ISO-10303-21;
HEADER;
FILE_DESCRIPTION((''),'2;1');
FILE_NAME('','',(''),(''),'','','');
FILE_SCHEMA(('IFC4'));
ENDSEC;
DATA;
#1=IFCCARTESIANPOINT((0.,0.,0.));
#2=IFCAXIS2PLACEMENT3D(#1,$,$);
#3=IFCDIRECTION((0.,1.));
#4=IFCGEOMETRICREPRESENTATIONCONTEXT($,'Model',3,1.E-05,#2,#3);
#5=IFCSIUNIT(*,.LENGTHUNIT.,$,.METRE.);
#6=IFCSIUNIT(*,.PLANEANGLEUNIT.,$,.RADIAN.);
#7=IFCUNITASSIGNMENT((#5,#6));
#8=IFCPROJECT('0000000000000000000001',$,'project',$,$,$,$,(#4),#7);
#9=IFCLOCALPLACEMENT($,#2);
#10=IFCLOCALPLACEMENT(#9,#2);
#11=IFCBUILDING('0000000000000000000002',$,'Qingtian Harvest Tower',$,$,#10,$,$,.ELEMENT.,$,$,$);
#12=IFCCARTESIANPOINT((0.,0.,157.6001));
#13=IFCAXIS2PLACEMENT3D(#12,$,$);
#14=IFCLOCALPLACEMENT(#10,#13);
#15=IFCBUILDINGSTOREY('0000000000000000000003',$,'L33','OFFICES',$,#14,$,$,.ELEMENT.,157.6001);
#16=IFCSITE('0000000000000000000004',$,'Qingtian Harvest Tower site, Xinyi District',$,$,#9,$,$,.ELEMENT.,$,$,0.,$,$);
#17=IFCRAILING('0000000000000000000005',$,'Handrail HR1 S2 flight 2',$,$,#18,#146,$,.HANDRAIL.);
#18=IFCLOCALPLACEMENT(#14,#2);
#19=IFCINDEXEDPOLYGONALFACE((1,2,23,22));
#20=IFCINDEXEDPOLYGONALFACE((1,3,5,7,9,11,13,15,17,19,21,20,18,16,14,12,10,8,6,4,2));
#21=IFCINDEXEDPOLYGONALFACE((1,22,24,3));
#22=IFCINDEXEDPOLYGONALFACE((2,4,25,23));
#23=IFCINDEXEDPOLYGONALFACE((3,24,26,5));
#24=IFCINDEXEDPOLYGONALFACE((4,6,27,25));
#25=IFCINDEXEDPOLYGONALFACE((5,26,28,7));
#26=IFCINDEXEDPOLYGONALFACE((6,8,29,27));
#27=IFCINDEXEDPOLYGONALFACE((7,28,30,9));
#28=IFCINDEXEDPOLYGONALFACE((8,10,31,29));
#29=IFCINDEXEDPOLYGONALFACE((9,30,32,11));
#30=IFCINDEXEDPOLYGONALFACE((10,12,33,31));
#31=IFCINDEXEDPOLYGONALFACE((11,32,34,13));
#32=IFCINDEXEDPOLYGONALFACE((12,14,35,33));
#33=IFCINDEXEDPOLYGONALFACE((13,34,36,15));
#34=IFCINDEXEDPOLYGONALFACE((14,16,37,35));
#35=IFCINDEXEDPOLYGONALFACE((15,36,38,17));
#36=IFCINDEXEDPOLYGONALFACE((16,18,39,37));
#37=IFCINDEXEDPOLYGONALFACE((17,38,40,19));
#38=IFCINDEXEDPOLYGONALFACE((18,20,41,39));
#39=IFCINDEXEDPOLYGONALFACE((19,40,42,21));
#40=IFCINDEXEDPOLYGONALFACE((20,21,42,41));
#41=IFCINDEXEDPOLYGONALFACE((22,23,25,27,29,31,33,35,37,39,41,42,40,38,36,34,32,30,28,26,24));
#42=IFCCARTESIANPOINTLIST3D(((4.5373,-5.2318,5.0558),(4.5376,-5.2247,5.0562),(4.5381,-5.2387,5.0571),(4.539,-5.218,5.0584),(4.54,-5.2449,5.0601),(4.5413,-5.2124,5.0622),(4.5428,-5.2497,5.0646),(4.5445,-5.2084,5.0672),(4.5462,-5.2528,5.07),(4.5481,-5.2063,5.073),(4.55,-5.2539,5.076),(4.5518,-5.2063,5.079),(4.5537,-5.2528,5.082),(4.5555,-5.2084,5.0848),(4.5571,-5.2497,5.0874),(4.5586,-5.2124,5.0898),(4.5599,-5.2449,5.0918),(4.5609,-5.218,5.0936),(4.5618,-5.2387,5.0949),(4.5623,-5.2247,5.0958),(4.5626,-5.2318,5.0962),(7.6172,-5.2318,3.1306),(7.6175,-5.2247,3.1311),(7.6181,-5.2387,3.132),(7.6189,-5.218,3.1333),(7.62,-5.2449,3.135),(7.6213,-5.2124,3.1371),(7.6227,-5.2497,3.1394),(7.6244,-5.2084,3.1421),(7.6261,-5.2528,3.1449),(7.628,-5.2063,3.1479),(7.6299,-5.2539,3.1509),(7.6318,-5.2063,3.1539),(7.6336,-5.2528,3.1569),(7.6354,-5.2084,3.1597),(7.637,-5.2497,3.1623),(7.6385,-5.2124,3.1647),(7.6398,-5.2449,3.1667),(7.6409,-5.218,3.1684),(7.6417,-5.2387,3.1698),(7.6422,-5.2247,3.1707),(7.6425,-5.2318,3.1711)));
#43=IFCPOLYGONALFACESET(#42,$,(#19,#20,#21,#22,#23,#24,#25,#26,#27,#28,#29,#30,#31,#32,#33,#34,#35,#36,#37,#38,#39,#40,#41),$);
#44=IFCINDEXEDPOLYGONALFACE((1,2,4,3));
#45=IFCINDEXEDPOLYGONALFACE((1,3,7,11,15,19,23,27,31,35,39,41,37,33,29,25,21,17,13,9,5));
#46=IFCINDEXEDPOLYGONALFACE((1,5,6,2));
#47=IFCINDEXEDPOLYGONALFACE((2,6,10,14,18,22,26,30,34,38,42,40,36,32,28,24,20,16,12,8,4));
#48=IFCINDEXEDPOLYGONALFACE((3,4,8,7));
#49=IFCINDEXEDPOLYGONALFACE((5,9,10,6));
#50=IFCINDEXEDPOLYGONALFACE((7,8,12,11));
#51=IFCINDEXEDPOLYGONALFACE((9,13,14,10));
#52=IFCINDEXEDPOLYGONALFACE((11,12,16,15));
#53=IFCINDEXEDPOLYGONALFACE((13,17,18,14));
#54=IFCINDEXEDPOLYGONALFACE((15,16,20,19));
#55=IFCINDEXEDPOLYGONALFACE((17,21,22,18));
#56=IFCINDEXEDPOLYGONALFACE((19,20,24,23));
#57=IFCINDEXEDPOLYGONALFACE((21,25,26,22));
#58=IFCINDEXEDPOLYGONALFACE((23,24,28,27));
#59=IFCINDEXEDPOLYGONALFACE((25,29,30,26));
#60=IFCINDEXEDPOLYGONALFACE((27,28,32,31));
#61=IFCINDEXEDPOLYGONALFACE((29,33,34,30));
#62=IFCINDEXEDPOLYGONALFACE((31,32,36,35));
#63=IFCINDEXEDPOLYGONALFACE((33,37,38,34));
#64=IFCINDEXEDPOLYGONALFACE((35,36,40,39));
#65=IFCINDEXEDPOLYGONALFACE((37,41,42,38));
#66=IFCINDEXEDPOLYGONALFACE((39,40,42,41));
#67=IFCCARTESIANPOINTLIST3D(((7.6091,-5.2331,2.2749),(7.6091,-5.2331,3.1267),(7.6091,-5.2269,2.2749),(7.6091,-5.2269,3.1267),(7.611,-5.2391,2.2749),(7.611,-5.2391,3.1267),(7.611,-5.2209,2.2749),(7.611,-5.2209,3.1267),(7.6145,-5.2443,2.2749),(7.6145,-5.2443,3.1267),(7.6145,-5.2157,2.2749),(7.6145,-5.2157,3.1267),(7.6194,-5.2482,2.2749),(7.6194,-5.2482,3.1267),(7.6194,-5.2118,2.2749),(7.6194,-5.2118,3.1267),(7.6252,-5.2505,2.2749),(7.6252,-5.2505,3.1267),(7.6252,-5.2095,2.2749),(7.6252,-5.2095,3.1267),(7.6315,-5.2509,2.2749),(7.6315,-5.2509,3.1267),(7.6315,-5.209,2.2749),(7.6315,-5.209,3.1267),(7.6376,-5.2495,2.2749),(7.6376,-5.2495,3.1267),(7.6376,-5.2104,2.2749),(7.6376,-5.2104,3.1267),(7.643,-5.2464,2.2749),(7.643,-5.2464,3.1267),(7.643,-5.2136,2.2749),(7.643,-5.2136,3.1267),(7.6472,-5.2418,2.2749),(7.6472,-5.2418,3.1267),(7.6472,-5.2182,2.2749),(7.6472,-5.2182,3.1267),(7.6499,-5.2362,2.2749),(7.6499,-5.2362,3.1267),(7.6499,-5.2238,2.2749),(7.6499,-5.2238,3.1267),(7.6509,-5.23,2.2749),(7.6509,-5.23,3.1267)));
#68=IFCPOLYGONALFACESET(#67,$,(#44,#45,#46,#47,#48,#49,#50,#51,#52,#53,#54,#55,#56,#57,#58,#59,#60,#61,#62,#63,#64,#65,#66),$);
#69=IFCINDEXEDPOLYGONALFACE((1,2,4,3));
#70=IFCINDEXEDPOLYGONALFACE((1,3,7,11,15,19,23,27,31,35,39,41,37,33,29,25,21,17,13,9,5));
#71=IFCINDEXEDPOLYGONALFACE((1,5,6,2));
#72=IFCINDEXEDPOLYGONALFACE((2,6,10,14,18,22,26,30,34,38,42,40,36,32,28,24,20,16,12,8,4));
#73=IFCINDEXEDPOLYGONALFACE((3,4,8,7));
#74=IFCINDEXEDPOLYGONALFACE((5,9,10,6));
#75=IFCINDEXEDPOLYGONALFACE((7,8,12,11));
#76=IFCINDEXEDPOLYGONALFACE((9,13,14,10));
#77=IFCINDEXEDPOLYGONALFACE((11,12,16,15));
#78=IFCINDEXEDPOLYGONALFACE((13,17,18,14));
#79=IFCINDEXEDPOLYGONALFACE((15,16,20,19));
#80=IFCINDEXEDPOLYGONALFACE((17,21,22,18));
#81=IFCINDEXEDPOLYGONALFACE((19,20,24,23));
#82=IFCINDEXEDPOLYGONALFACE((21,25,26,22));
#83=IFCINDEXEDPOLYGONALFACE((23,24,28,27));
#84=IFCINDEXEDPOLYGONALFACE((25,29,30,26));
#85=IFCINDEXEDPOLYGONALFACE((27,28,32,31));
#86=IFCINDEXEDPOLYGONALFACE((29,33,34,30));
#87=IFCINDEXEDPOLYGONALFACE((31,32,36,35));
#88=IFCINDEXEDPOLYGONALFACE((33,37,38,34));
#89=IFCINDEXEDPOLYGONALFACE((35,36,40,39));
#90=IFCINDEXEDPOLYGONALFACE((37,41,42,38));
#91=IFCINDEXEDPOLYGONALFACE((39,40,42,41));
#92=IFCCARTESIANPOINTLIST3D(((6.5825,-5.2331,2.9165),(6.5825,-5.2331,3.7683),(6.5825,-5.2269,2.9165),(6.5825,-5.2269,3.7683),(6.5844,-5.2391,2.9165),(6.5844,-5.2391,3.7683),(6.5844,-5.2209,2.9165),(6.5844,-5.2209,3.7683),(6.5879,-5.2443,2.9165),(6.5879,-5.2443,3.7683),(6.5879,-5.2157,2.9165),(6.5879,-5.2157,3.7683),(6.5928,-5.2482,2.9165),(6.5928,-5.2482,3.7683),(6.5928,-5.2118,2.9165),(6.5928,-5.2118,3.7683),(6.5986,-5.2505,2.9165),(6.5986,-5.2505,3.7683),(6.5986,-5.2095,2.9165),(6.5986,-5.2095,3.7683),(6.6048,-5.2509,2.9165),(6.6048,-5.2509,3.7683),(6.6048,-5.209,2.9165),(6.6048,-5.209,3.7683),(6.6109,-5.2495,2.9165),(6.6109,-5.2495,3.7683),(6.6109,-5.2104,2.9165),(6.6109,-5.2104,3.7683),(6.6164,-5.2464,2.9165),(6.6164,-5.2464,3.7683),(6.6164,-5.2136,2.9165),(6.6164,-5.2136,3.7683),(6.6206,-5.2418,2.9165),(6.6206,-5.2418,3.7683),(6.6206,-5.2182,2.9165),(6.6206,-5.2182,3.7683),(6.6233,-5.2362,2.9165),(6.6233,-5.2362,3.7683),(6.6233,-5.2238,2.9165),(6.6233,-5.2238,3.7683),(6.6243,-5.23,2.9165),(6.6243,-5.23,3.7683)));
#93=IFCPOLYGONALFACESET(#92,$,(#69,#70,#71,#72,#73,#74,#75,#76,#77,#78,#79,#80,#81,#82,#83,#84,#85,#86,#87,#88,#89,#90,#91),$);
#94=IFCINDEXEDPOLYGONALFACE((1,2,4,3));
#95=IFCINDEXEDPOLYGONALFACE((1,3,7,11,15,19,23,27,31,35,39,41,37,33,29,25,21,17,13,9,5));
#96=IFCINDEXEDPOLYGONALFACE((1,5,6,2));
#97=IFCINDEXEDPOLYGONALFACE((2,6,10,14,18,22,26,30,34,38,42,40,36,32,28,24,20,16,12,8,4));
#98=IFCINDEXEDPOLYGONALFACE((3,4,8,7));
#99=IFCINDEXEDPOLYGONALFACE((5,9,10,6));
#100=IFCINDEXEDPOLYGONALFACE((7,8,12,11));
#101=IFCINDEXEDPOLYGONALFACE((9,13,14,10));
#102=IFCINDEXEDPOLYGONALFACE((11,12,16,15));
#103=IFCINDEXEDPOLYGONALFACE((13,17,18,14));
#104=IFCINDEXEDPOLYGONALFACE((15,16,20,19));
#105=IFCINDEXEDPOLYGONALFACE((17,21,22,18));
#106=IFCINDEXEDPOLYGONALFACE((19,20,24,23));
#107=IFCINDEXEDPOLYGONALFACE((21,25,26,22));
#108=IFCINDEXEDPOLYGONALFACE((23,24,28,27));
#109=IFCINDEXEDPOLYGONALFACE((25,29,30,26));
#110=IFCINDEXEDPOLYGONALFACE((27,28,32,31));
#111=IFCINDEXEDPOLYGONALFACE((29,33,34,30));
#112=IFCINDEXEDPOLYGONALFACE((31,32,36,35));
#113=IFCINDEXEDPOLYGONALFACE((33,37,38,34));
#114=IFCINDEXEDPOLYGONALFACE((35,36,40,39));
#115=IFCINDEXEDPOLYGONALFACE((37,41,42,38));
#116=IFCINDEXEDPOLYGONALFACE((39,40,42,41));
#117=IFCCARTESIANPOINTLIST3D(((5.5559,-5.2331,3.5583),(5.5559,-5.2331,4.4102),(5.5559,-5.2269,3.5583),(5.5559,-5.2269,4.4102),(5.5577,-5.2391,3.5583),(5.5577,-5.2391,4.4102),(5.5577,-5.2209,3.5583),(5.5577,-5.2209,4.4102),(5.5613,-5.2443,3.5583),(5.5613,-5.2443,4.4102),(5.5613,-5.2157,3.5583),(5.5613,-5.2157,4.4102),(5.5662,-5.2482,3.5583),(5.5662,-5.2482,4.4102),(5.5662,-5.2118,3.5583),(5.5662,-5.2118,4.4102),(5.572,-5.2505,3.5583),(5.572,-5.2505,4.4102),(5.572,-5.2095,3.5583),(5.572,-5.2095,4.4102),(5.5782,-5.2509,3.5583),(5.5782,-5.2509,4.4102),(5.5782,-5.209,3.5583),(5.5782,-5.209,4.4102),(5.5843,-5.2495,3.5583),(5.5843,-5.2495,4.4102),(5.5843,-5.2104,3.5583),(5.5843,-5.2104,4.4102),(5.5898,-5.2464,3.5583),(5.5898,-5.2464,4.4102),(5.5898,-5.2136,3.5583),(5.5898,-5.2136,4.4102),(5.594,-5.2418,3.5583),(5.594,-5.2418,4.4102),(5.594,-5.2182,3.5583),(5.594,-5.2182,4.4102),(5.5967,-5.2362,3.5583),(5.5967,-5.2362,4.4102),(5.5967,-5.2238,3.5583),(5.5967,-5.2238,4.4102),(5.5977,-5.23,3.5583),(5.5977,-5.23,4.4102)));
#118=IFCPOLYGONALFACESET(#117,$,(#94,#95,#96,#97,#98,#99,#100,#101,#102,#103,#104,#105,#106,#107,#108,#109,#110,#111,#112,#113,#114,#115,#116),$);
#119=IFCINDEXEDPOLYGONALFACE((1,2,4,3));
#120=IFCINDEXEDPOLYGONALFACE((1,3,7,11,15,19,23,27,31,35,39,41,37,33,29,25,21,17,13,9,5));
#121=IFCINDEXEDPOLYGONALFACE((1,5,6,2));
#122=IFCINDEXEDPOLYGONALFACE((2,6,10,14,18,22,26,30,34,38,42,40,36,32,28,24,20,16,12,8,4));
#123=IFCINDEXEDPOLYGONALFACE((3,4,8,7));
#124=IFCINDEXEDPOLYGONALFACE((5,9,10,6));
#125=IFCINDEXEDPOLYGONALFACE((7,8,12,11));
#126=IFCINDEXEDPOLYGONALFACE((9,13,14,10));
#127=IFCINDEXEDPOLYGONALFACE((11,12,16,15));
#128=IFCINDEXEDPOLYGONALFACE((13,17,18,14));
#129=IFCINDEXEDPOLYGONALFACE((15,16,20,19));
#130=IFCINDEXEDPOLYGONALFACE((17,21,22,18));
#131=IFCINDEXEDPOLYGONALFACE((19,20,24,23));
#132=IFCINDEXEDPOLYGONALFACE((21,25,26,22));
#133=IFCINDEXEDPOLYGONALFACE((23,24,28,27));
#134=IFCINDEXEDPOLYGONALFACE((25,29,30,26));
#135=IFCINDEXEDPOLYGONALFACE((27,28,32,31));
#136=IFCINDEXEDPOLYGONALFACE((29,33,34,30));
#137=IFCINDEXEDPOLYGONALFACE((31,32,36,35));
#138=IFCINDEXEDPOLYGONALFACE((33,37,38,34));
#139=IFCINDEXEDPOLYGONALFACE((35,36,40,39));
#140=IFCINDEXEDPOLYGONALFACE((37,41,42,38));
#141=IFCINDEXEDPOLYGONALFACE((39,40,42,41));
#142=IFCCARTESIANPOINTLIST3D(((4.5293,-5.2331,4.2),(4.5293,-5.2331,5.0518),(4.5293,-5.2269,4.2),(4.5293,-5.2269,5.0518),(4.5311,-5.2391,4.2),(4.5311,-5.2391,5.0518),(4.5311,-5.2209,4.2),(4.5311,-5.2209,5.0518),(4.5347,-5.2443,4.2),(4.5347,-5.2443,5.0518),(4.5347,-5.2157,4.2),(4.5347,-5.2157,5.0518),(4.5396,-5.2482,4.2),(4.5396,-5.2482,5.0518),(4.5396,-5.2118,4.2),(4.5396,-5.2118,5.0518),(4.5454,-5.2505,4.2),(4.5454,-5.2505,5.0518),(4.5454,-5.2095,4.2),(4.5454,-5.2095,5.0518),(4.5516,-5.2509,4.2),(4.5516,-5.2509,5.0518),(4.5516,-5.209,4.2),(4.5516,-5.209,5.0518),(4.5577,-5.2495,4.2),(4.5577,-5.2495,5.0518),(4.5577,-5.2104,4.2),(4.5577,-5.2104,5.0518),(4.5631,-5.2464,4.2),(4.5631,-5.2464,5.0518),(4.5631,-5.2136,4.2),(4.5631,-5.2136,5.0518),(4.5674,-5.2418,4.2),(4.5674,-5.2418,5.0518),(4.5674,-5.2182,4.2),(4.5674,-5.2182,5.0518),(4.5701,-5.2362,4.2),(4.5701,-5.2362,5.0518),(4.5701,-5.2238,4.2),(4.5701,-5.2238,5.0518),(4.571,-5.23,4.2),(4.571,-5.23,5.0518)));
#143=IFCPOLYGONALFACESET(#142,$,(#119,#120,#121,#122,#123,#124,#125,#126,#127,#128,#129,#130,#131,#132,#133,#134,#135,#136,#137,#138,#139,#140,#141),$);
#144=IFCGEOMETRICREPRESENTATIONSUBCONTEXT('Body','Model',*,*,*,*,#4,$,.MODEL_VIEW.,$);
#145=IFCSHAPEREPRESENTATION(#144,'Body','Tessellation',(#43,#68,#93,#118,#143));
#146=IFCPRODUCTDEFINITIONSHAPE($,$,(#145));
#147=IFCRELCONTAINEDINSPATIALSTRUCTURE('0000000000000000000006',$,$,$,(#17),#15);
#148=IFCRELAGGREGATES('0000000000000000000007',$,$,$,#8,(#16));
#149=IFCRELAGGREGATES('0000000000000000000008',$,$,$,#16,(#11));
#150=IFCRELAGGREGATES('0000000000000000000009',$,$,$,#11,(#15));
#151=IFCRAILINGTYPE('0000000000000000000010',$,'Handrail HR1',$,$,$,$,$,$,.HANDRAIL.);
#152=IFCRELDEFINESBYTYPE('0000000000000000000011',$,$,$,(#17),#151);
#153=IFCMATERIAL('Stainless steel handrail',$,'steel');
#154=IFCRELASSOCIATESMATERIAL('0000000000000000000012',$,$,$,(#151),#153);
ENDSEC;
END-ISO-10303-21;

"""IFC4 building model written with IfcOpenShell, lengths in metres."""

from ifc_helpers import new_model, si_unit, direction, frame, origin, origin_2d, place, context, subcontext, project, spatial, circle, extrude, material, type_object, element, save


model = new_model("IFC4")

# Units and contexts
model_context = context("Model", 3, precision=1e-05, world=origin(), true_north=direction((0.0, 1.0)))
body_context = subcontext(model_context, "Body", "Model", "MODEL_VIEW")
ifc_project = project(units=[si_unit("LENGTHUNIT", "METRE"), si_unit("PLANEANGLEUNIT", "RADIAN")], contexts=[model_context])

# Site, building, storey
site_placement = place(None, origin())
site = spatial("IfcSite", under=ifc_project, at=site_placement, Name="Qingtian Harvest Tower site, Xinyi District", CompositionType="ELEMENT", RefElevation=0.0)
building_placement = place(site_placement, origin())
building = spatial("IfcBuilding", under=site, at=building_placement, Name="Qingtian Harvest Tower", CompositionType="ELEMENT")
storey_placement = place(building_placement, frame((0.0, 0.0, 157.6001)))
storey = spatial("IfcBuildingStorey", under=building, at=storey_placement, Name="L33", Description="OFFICES", CompositionType="ELEMENT", Elevation=157.6001)

# Railing
ifc_material_1 = material(Name="Stainless steel handrail", Category="steel")
railing_type = type_object("IfcRailingType", Name="Handrail HR1", PredefinedType="HANDRAIL", material=ifc_material_1)
railing_1_placement = place(storey_placement, frame((7.6299, -5.23, 2.2749)))
element("IfcRailing", 1, at=railing_1_placement, inside=storey, type_object=railing_type, Name="Handrail HR1 S2 flight 2", PredefinedType="HANDRAIL", context=body_context, shape_type="SweptSolid", body=[
    extrude(circle(Radius=0.0239, at=origin_2d()), frame((0.0, 0.0, 0.876), z_axis=(-0.847979, 0.0, 0.530029), x_axis=(0.0, -1.0, 0.0)), (0.0, 0.0, 1.0), 3.6321),
    extrude(circle(Radius=0.021, at=origin_2d()), origin(), (0.0, 0.0, 1.0), 0.8518),
    extrude(circle(Radius=0.021, at=origin_2d()), frame((-1.0266, 0.0, 0.6416)), (0.0, 0.0, 1.0), 0.8518),
    extrude(circle(Radius=0.021, at=origin_2d()), frame((-2.0532, 0.0, 1.2834)), (0.0, 0.0, 1.0), 0.8518),
    extrude(circle(Radius=0.021, at=origin_2d()), frame((-3.0798, 0.0, 1.925)), (0.0, 0.0, 1.0), 0.8518),
])

save(model, "model.ifc")
